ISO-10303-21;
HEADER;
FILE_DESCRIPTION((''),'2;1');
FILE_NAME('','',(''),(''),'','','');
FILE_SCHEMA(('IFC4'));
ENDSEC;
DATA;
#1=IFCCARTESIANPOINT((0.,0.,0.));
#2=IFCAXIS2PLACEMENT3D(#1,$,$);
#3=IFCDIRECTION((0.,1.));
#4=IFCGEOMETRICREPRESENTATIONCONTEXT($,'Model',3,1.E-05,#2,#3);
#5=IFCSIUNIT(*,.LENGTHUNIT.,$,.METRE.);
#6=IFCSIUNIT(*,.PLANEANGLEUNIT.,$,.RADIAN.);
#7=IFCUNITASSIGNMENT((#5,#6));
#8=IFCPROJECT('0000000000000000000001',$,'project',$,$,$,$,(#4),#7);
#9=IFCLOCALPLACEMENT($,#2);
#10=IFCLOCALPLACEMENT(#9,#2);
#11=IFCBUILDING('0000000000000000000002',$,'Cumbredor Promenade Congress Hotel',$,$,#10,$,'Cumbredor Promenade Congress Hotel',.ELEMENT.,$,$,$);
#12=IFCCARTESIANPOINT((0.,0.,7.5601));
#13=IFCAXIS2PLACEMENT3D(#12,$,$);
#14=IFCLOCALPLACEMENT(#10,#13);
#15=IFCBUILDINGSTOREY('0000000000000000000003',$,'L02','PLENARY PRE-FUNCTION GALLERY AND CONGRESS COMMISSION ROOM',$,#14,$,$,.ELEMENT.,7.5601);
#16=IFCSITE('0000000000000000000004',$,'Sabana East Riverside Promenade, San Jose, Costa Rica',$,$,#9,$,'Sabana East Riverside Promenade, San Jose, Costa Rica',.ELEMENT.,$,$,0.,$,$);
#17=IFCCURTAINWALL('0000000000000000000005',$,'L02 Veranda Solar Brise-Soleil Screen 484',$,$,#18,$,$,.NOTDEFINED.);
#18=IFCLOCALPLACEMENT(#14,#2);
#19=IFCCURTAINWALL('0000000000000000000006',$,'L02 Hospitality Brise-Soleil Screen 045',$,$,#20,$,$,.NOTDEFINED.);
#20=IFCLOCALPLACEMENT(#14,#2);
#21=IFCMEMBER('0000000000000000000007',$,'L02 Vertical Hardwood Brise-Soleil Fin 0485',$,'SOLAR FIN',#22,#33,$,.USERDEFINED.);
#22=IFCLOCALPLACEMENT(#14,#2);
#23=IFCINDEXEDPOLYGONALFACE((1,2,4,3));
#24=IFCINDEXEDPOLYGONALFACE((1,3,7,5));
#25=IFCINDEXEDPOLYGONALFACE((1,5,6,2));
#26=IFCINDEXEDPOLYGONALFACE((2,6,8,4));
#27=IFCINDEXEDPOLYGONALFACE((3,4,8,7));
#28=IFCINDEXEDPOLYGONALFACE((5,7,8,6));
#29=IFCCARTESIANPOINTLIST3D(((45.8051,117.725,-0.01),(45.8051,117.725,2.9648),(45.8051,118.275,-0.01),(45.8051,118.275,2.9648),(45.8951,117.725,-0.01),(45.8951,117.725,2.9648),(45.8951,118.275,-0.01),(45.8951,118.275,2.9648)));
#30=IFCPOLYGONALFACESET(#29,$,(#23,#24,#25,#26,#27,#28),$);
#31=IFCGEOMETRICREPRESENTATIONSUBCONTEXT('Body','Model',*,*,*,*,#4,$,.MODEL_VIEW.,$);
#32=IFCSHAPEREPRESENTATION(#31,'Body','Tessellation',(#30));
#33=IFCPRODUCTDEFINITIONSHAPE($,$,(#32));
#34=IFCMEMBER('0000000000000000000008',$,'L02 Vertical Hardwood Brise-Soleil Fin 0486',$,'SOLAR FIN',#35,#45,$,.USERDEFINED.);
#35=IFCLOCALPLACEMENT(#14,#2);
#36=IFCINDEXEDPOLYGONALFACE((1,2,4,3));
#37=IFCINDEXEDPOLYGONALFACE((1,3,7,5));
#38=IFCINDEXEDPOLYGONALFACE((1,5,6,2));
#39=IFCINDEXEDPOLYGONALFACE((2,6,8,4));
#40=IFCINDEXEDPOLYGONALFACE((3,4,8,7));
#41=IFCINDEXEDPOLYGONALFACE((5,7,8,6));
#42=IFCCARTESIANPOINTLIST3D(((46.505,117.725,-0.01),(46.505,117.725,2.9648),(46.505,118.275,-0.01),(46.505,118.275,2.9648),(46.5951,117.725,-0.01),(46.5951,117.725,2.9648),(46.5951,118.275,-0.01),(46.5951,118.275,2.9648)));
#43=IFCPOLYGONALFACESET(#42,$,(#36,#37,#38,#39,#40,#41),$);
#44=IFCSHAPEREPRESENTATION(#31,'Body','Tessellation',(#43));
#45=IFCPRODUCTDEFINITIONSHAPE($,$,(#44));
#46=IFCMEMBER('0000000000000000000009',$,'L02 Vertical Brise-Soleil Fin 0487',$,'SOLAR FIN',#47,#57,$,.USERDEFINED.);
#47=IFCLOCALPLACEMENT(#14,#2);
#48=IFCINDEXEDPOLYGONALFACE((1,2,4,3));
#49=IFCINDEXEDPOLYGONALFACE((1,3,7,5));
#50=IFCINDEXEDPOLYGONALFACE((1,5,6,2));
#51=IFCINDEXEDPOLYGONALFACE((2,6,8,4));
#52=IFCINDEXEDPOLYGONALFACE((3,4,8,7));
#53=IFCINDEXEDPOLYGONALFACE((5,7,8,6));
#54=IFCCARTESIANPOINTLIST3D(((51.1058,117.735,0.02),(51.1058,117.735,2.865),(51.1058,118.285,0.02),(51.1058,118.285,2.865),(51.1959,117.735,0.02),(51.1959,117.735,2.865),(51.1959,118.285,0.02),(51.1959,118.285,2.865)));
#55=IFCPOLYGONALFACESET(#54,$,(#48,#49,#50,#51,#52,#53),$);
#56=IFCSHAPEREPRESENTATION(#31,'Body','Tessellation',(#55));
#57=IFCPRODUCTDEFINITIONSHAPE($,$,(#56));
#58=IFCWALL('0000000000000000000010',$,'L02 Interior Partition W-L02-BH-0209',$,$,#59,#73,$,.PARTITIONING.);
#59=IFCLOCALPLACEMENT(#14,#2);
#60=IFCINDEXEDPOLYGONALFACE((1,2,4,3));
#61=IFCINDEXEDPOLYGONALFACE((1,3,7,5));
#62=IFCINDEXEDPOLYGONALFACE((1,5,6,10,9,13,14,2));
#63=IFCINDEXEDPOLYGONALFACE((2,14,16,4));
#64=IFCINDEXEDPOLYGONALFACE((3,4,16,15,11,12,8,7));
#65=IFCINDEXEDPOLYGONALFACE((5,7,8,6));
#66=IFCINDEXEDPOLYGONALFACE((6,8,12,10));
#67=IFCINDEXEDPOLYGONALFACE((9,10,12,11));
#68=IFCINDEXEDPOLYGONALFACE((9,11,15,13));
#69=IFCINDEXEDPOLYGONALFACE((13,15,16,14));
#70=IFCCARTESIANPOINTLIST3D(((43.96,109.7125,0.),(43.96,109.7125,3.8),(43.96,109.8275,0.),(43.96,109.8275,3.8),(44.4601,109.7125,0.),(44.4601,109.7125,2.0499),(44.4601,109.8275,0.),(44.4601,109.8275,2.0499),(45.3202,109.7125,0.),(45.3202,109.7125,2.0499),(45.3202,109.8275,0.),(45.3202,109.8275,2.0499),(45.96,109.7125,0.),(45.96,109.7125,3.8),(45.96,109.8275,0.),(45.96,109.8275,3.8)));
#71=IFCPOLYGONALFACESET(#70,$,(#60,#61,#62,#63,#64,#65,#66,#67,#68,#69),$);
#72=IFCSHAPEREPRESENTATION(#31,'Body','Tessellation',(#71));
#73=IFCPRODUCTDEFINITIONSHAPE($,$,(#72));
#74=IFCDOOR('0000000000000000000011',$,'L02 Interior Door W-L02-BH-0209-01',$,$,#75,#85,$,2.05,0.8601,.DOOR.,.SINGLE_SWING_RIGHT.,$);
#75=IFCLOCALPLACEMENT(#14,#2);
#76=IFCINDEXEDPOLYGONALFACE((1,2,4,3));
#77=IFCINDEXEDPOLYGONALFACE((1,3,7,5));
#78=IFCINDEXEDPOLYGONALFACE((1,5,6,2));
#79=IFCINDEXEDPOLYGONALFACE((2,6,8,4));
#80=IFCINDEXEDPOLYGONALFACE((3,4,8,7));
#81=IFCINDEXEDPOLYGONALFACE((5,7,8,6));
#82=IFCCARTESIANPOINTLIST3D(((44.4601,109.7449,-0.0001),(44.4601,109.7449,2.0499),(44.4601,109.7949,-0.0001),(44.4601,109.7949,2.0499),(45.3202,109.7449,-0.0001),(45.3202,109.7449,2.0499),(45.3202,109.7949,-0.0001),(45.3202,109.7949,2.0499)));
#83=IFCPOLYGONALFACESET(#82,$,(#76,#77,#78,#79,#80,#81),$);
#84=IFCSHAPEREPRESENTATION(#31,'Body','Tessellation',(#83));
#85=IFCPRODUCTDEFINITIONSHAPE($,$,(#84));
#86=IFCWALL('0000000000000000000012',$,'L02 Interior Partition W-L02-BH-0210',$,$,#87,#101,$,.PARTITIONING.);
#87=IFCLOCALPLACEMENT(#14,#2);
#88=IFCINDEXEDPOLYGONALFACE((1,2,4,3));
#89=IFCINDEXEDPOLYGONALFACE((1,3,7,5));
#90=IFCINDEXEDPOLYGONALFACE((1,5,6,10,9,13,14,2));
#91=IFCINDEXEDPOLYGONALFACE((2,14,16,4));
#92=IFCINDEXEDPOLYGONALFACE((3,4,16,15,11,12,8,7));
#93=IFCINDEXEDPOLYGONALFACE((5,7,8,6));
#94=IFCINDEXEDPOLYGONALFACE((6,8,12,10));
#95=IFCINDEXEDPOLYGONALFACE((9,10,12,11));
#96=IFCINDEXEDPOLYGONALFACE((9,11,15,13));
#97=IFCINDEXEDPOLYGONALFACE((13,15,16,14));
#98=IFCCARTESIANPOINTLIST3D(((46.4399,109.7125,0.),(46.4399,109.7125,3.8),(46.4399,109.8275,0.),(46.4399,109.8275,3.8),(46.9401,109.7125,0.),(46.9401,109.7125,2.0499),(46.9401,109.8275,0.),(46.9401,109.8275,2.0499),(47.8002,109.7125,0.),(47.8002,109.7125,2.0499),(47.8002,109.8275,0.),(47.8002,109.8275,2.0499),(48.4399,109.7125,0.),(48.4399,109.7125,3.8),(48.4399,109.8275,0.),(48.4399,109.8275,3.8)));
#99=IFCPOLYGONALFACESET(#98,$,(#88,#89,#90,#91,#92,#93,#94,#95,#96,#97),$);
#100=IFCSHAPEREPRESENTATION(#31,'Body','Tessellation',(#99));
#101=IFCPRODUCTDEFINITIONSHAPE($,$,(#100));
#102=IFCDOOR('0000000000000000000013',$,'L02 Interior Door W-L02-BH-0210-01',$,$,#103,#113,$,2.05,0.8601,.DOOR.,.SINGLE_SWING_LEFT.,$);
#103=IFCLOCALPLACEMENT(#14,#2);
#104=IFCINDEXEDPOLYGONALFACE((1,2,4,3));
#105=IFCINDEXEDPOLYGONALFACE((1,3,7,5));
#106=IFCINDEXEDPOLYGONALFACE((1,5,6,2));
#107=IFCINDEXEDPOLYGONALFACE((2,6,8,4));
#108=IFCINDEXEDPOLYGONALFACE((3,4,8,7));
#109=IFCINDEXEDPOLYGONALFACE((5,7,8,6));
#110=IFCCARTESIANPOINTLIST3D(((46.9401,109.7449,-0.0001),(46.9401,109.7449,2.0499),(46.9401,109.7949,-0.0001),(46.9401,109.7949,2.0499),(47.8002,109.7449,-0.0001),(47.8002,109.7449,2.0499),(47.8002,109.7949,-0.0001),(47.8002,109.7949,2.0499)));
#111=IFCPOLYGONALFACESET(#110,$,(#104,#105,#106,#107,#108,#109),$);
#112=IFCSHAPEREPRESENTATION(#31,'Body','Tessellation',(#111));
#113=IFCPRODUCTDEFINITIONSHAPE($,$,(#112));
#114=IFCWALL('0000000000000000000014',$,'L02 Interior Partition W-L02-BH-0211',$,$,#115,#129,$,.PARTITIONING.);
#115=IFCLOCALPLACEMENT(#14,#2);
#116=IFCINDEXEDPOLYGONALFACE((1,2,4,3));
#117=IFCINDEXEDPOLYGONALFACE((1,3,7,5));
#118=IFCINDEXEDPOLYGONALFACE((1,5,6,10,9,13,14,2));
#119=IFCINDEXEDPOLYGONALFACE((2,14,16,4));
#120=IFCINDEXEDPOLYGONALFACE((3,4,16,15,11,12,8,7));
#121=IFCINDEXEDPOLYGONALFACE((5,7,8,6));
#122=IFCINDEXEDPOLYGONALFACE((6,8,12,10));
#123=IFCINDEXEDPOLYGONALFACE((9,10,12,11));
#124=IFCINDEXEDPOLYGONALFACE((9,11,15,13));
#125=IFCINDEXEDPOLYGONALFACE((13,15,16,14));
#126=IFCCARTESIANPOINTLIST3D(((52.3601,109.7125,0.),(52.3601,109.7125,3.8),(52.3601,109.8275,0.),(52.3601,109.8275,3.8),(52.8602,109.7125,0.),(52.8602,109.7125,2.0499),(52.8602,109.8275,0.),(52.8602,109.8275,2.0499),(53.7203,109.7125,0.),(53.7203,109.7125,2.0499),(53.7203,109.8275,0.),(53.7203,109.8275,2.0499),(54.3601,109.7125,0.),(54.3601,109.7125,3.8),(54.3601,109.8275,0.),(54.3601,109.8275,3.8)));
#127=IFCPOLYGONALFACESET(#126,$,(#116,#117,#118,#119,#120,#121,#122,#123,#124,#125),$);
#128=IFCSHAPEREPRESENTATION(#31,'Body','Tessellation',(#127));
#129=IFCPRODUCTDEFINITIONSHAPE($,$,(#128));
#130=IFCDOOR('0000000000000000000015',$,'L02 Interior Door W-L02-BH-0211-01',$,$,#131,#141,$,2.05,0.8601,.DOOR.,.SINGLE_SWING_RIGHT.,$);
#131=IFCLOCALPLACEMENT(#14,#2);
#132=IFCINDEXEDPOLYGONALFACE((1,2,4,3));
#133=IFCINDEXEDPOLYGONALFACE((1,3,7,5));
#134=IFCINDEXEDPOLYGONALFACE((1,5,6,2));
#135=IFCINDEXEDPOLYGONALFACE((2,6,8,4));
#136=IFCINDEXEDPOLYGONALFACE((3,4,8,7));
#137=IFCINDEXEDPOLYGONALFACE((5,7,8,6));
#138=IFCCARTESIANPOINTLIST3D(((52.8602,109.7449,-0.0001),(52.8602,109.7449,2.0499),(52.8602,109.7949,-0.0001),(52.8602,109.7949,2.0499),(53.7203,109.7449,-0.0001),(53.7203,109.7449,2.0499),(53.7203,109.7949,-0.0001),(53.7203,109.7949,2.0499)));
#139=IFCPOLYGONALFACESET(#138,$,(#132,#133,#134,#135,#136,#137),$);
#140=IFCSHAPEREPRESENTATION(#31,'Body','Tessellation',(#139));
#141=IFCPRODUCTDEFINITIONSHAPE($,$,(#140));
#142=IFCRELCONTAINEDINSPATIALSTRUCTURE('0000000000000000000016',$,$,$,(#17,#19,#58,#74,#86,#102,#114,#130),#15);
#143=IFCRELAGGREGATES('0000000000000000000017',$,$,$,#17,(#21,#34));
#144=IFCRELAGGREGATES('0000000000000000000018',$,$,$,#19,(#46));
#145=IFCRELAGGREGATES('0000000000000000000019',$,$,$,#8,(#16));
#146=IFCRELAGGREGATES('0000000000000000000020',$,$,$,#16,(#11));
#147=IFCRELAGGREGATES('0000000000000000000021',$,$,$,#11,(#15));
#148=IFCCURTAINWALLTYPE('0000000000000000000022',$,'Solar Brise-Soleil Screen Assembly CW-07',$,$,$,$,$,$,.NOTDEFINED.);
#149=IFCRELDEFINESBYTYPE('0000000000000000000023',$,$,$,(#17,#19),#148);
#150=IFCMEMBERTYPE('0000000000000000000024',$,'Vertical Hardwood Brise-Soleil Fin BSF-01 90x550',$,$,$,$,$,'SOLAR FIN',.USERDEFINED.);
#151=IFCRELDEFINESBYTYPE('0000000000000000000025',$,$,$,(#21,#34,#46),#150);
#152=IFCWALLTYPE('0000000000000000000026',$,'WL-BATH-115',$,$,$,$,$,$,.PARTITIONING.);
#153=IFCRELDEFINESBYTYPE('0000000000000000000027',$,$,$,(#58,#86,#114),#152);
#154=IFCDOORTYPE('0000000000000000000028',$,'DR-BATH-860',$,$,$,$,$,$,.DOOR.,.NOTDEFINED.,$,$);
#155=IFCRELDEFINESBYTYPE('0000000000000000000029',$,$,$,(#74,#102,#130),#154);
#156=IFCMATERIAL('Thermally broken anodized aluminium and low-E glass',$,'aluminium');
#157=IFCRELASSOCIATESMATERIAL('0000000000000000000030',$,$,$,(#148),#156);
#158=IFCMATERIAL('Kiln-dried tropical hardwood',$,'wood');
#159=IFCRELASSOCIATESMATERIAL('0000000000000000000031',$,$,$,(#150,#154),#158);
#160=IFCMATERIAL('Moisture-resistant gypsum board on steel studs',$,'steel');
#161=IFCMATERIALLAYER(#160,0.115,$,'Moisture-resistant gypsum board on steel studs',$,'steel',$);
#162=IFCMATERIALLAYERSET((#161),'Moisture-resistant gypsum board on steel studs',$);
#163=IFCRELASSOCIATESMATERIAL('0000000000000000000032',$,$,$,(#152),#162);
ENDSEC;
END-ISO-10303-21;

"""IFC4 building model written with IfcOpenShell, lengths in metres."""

from ifc_helpers import new_model, si_unit, direction, frame, frame_2d, origin, origin_2d, place, context, subcontext, project, spatial, rectangle, extrude, material, layer, layer_set, material_profile, profile_set, type_object, element, fill, aggregate, save


model = new_model("IFC4")

# Units and contexts
model_context = context("Model", 3, precision=1e-05, world=origin(), true_north=direction((0.0, 1.0)))
body_context = subcontext(model_context, "Body", "Model", "MODEL_VIEW")
ifc_project = project(units=[si_unit("LENGTHUNIT", "METRE"), si_unit("PLANEANGLEUNIT", "RADIAN")], contexts=[model_context])

# Site, building, storey
site_placement = place(None, origin())
site = spatial("IfcSite", under=ifc_project, at=site_placement, Name="Sabana East Riverside Promenade, San Jose, Costa Rica", LongName="Sabana East Riverside Promenade, San Jose, Costa Rica", CompositionType="ELEMENT", RefElevation=0.0)
building_placement = place(site_placement, origin())
building = spatial("IfcBuilding", under=site, at=building_placement, Name="Cumbredor Promenade Congress Hotel", LongName="Cumbredor Promenade Congress Hotel", CompositionType="ELEMENT")
storey_placement = place(building_placement, frame((0.0, 0.0, 7.5601)))
storey = spatial("IfcBuildingStorey", under=building, at=storey_placement, Name="L02", Description="PLENARY PRE-FUNCTION GALLERY AND CONGRESS COMMISSION ROOM", CompositionType="ELEMENT", Elevation=7.5601)

# Curtain walls
ifc_material_1 = material(Name="Thermally broken anodized aluminium and low-E glass", Category="aluminium")
curtain_wall_type = type_object("IfcCurtainWallType", Name="Solar Brise-Soleil Screen Assembly CW-07", PredefinedType="NOTDEFINED", material=ifc_material_1)
curtain_wall_1_placement = place(storey_placement, origin())
curtain_wall_1 = element("IfcCurtainWall", 1, at=curtain_wall_1_placement, inside=storey, type_object=curtain_wall_type, Name="L02 Veranda Solar Brise-Soleil Screen 484", PredefinedType="NOTDEFINED")
curtain_wall_2_placement = place(storey_placement, origin())
curtain_wall_2 = element("IfcCurtainWall", 2, at=curtain_wall_2_placement, inside=storey, type_object=curtain_wall_type, Name="L02 Hospitality Brise-Soleil Screen 045", PredefinedType="NOTDEFINED")

# Members
ifc_material_2 = material(Name="Kiln-dried tropical hardwood", Category="wood")
ifc_material_profile_1 = material_profile(ifc_material_2, rectangle(XDim=0.0901, YDim=0.55, at=origin_2d()), Name="ARCH FIN 90x550")
ifc_profile_set_1 = profile_set([ifc_material_profile_1], Name="Kiln-dried tropical hardwood")
member_type_1 = type_object("IfcMemberType", Name="Vertical Hardwood Brise-Soleil Fin BSF-01 90x550", ElementType="SOLAR FIN", PredefinedType="USERDEFINED", material=ifc_profile_set_1)
member_1_placement = place(storey_placement, frame((45.8501, 118.0, -0.01), z_axis=(0.0, 0.0, 1.0), x_axis=(1.0, 0.0, 0.0)))
member_1 = element("IfcMember", 3, at=member_1_placement, type_object=member_type_1, Name="L02 Vertical Hardwood Brise-Soleil Fin 0485", ObjectType="SOLAR FIN", PredefinedType="USERDEFINED", context=body_context, shape_type="SweptSolid", body=[
    extrude(rectangle(XDim=0.0901, YDim=0.55, at=origin_2d()), origin(), (0.0, 0.0, 1.0), 2.9749),
])
member_2_placement = place(storey_placement, frame((46.55, 118.0, -0.01), z_axis=(0.0, 0.0, 1.0), x_axis=(1.0, 0.0, 0.0)))
member_2 = element("IfcMember", 4, at=member_2_placement, type_object=member_type_1, Name="L02 Vertical Hardwood Brise-Soleil Fin 0486", ObjectType="SOLAR FIN", PredefinedType="USERDEFINED", context=body_context, shape_type="SweptSolid", body=[
    extrude(rectangle(XDim=0.0901, YDim=0.55, at=origin_2d()), origin(), (0.0, 0.0, 1.0), 2.9749),
])
aggregate(curtain_wall_1, [member_1, member_2])
member_3_placement = place(storey_placement, frame((51.1509, 118.01, 0.02), z_axis=(0.0, 0.0, 1.0), x_axis=(1.0, 0.0, 0.0)))
member_3 = element("IfcMember", 5, at=member_3_placement, type_object=member_type_1, Name="L02 Vertical Brise-Soleil Fin 0487", ObjectType="SOLAR FIN", PredefinedType="USERDEFINED", context=body_context, shape_type="SweptSolid", body=[
    extrude(rectangle(XDim=0.0901, YDim=0.55, at=origin_2d()), origin(), (0.0, 0.0, 1.0), 2.845),
])
aggregate(curtain_wall_2, [member_3])

# Walls, openings, doors
ifc_material_3 = material(Name="Moisture-resistant gypsum board on steel studs", Category="steel")
ifc_layer_1 = layer(ifc_material_3, 0.115, Name="Moisture-resistant gypsum board on steel studs", Category="steel")
ifc_layer_set_1 = layer_set([ifc_layer_1], Name="Moisture-resistant gypsum board on steel studs")
wall_type_1 = type_object("IfcWallType", Name="WL-BATH-115", PredefinedType="PARTITIONING", material=ifc_layer_set_1)
wall_1_placement = place(storey_placement, frame((43.96, 109.77, 0.0), z_axis=(0.0, 0.0, 1.0), x_axis=(1.0, 0.0, 0.0)))
wall_1 = element("IfcWall", 6, at=wall_1_placement, inside=storey, type_object=wall_type_1, Name="L02 Interior Partition W-L02-BH-0209", PredefinedType="PARTITIONING", context=body_context, shape_type="SweptSolid", body=[
    extrude(rectangle(XDim=2.0, YDim=0.115, at=frame_2d((1.0, 0.0))), origin(), (0.0, 0.0, 1.0), 3.8),
])
opening_1_placement = place(wall_1_placement, frame((0.5, 0.0, 0.0)))
opening_1 = element("IfcOpeningElement", 7, at=opening_1_placement, cuts=wall_1, PredefinedType="OPENING", context=body_context, shape_type="SweptSolid", body=[
    extrude(rectangle(XDim=0.8601, YDim=2.05, at=frame_2d((0.4302, 1.0249))), frame((0.0, 0.0674, 0.0), z_axis=(0.0, -1.0, 0.0), x_axis=(1.0, 0.0, 0.0)), (0.0, 0.0, 1.0), 0.135),
])
door_type = type_object("IfcDoorType", Name="DR-BATH-860", OperationType="NOTDEFINED", PredefinedType="DOOR", material=ifc_material_2)
door_1_placement = place(opening_1_placement, origin())
door_1 = element("IfcDoor", 8, at=door_1_placement, inside=storey, type_object=door_type, Name="L02 Interior Door W-L02-BH-0209-01", OperationType="SINGLE_SWING_RIGHT", OverallHeight=2.05, OverallWidth=0.8601, PredefinedType="DOOR", context=body_context, shape_type="SweptSolid", body=[
    extrude(rectangle(XDim=0.8601, YDim=2.05, at=frame_2d((0.4302, 1.0249))), frame((0.0, 0.0249, 0.0), z_axis=(0.0, -1.0, 0.0), x_axis=(1.0, 0.0, 0.0)), (0.0, 0.0, 1.0), 0.05),
])
fill(opening_1, door_1)
wall_2_placement = place(storey_placement, frame((46.4399, 109.77, 0.0), z_axis=(0.0, 0.0, 1.0), x_axis=(1.0, 0.0, 0.0)))
wall_2 = element("IfcWall", 9, at=wall_2_placement, inside=storey, type_object=wall_type_1, Name="L02 Interior Partition W-L02-BH-0210", PredefinedType="PARTITIONING", context=body_context, shape_type="SweptSolid", body=[
    extrude(rectangle(XDim=2.0, YDim=0.115, at=frame_2d((1.0, 0.0))), origin(), (0.0, 0.0, 1.0), 3.8),
])
opening_2_placement = place(wall_2_placement, frame((0.5, 0.0, 0.0)))
opening_2 = element("IfcOpeningElement", 10, at=opening_2_placement, cuts=wall_2, PredefinedType="OPENING", context=body_context, shape_type="SweptSolid", body=[
    extrude(rectangle(XDim=0.8601, YDim=2.05, at=frame_2d((0.4302, 1.0249))), frame((0.0, 0.0674, 0.0), z_axis=(0.0, -1.0, 0.0), x_axis=(1.0, 0.0, 0.0)), (0.0, 0.0, 1.0), 0.135),
])
door_2_placement = place(opening_2_placement, origin())
door_2 = element("IfcDoor", 11, at=door_2_placement, inside=storey, type_object=door_type, Name="L02 Interior Door W-L02-BH-0210-01", OperationType="SINGLE_SWING_LEFT", OverallHeight=2.05, OverallWidth=0.8601, PredefinedType="DOOR", context=body_context, shape_type="SweptSolid", body=[
    extrude(rectangle(XDim=0.8601, YDim=2.05, at=frame_2d((0.4302, 1.0249))), frame((0.0, 0.0249, 0.0), z_axis=(0.0, -1.0, 0.0), x_axis=(1.0, 0.0, 0.0)), (0.0, 0.0, 1.0), 0.05),
])
fill(opening_2, door_2)
wall_3_placement = place(storey_placement, frame((52.3601, 109.77, 0.0), z_axis=(0.0, 0.0, 1.0), x_axis=(1.0, 0.0, 0.0)))
wall_3 = element("IfcWall", 12, at=wall_3_placement, inside=storey, type_object=wall_type_1, Name="L02 Interior Partition W-L02-BH-0211", PredefinedType="PARTITIONING", context=body_context, shape_type="SweptSolid", body=[
    extrude(rectangle(XDim=2.0, YDim=0.115, at=frame_2d((1.0, 0.0))), origin(), (0.0, 0.0, 1.0), 3.8),
])
opening_3_placement = place(wall_3_placement, frame((0.5, 0.0, 0.0)))
opening_3 = element("IfcOpeningElement", 13, at=opening_3_placement, cuts=wall_3, PredefinedType="OPENING", context=body_context, shape_type="SweptSolid", body=[
    extrude(rectangle(XDim=0.8601, YDim=2.05, at=frame_2d((0.4302, 1.0249))), frame((0.0, 0.0674, 0.0), z_axis=(0.0, -1.0, 0.0), x_axis=(1.0, 0.0, 0.0)), (0.0, 0.0, 1.0), 0.135),
])
door_3_placement = place(opening_3_placement, origin())
door_3 = element("IfcDoor", 14, at=door_3_placement, inside=storey, type_object=door_type, Name="L02 Interior Door W-L02-BH-0211-01", OperationType="SINGLE_SWING_RIGHT", OverallHeight=2.05, OverallWidth=0.8601, PredefinedType="DOOR", context=body_context, shape_type="SweptSolid", body=[
    extrude(rectangle(XDim=0.8601, YDim=2.05, at=frame_2d((0.4302, 1.0249))), frame((0.0, 0.0249, 0.0), z_axis=(0.0, -1.0, 0.0), x_axis=(1.0, 0.0, 0.0)), (0.0, 0.0, 1.0), 0.05),
])
fill(opening_3, door_3)

save(model, "model.ifc")
